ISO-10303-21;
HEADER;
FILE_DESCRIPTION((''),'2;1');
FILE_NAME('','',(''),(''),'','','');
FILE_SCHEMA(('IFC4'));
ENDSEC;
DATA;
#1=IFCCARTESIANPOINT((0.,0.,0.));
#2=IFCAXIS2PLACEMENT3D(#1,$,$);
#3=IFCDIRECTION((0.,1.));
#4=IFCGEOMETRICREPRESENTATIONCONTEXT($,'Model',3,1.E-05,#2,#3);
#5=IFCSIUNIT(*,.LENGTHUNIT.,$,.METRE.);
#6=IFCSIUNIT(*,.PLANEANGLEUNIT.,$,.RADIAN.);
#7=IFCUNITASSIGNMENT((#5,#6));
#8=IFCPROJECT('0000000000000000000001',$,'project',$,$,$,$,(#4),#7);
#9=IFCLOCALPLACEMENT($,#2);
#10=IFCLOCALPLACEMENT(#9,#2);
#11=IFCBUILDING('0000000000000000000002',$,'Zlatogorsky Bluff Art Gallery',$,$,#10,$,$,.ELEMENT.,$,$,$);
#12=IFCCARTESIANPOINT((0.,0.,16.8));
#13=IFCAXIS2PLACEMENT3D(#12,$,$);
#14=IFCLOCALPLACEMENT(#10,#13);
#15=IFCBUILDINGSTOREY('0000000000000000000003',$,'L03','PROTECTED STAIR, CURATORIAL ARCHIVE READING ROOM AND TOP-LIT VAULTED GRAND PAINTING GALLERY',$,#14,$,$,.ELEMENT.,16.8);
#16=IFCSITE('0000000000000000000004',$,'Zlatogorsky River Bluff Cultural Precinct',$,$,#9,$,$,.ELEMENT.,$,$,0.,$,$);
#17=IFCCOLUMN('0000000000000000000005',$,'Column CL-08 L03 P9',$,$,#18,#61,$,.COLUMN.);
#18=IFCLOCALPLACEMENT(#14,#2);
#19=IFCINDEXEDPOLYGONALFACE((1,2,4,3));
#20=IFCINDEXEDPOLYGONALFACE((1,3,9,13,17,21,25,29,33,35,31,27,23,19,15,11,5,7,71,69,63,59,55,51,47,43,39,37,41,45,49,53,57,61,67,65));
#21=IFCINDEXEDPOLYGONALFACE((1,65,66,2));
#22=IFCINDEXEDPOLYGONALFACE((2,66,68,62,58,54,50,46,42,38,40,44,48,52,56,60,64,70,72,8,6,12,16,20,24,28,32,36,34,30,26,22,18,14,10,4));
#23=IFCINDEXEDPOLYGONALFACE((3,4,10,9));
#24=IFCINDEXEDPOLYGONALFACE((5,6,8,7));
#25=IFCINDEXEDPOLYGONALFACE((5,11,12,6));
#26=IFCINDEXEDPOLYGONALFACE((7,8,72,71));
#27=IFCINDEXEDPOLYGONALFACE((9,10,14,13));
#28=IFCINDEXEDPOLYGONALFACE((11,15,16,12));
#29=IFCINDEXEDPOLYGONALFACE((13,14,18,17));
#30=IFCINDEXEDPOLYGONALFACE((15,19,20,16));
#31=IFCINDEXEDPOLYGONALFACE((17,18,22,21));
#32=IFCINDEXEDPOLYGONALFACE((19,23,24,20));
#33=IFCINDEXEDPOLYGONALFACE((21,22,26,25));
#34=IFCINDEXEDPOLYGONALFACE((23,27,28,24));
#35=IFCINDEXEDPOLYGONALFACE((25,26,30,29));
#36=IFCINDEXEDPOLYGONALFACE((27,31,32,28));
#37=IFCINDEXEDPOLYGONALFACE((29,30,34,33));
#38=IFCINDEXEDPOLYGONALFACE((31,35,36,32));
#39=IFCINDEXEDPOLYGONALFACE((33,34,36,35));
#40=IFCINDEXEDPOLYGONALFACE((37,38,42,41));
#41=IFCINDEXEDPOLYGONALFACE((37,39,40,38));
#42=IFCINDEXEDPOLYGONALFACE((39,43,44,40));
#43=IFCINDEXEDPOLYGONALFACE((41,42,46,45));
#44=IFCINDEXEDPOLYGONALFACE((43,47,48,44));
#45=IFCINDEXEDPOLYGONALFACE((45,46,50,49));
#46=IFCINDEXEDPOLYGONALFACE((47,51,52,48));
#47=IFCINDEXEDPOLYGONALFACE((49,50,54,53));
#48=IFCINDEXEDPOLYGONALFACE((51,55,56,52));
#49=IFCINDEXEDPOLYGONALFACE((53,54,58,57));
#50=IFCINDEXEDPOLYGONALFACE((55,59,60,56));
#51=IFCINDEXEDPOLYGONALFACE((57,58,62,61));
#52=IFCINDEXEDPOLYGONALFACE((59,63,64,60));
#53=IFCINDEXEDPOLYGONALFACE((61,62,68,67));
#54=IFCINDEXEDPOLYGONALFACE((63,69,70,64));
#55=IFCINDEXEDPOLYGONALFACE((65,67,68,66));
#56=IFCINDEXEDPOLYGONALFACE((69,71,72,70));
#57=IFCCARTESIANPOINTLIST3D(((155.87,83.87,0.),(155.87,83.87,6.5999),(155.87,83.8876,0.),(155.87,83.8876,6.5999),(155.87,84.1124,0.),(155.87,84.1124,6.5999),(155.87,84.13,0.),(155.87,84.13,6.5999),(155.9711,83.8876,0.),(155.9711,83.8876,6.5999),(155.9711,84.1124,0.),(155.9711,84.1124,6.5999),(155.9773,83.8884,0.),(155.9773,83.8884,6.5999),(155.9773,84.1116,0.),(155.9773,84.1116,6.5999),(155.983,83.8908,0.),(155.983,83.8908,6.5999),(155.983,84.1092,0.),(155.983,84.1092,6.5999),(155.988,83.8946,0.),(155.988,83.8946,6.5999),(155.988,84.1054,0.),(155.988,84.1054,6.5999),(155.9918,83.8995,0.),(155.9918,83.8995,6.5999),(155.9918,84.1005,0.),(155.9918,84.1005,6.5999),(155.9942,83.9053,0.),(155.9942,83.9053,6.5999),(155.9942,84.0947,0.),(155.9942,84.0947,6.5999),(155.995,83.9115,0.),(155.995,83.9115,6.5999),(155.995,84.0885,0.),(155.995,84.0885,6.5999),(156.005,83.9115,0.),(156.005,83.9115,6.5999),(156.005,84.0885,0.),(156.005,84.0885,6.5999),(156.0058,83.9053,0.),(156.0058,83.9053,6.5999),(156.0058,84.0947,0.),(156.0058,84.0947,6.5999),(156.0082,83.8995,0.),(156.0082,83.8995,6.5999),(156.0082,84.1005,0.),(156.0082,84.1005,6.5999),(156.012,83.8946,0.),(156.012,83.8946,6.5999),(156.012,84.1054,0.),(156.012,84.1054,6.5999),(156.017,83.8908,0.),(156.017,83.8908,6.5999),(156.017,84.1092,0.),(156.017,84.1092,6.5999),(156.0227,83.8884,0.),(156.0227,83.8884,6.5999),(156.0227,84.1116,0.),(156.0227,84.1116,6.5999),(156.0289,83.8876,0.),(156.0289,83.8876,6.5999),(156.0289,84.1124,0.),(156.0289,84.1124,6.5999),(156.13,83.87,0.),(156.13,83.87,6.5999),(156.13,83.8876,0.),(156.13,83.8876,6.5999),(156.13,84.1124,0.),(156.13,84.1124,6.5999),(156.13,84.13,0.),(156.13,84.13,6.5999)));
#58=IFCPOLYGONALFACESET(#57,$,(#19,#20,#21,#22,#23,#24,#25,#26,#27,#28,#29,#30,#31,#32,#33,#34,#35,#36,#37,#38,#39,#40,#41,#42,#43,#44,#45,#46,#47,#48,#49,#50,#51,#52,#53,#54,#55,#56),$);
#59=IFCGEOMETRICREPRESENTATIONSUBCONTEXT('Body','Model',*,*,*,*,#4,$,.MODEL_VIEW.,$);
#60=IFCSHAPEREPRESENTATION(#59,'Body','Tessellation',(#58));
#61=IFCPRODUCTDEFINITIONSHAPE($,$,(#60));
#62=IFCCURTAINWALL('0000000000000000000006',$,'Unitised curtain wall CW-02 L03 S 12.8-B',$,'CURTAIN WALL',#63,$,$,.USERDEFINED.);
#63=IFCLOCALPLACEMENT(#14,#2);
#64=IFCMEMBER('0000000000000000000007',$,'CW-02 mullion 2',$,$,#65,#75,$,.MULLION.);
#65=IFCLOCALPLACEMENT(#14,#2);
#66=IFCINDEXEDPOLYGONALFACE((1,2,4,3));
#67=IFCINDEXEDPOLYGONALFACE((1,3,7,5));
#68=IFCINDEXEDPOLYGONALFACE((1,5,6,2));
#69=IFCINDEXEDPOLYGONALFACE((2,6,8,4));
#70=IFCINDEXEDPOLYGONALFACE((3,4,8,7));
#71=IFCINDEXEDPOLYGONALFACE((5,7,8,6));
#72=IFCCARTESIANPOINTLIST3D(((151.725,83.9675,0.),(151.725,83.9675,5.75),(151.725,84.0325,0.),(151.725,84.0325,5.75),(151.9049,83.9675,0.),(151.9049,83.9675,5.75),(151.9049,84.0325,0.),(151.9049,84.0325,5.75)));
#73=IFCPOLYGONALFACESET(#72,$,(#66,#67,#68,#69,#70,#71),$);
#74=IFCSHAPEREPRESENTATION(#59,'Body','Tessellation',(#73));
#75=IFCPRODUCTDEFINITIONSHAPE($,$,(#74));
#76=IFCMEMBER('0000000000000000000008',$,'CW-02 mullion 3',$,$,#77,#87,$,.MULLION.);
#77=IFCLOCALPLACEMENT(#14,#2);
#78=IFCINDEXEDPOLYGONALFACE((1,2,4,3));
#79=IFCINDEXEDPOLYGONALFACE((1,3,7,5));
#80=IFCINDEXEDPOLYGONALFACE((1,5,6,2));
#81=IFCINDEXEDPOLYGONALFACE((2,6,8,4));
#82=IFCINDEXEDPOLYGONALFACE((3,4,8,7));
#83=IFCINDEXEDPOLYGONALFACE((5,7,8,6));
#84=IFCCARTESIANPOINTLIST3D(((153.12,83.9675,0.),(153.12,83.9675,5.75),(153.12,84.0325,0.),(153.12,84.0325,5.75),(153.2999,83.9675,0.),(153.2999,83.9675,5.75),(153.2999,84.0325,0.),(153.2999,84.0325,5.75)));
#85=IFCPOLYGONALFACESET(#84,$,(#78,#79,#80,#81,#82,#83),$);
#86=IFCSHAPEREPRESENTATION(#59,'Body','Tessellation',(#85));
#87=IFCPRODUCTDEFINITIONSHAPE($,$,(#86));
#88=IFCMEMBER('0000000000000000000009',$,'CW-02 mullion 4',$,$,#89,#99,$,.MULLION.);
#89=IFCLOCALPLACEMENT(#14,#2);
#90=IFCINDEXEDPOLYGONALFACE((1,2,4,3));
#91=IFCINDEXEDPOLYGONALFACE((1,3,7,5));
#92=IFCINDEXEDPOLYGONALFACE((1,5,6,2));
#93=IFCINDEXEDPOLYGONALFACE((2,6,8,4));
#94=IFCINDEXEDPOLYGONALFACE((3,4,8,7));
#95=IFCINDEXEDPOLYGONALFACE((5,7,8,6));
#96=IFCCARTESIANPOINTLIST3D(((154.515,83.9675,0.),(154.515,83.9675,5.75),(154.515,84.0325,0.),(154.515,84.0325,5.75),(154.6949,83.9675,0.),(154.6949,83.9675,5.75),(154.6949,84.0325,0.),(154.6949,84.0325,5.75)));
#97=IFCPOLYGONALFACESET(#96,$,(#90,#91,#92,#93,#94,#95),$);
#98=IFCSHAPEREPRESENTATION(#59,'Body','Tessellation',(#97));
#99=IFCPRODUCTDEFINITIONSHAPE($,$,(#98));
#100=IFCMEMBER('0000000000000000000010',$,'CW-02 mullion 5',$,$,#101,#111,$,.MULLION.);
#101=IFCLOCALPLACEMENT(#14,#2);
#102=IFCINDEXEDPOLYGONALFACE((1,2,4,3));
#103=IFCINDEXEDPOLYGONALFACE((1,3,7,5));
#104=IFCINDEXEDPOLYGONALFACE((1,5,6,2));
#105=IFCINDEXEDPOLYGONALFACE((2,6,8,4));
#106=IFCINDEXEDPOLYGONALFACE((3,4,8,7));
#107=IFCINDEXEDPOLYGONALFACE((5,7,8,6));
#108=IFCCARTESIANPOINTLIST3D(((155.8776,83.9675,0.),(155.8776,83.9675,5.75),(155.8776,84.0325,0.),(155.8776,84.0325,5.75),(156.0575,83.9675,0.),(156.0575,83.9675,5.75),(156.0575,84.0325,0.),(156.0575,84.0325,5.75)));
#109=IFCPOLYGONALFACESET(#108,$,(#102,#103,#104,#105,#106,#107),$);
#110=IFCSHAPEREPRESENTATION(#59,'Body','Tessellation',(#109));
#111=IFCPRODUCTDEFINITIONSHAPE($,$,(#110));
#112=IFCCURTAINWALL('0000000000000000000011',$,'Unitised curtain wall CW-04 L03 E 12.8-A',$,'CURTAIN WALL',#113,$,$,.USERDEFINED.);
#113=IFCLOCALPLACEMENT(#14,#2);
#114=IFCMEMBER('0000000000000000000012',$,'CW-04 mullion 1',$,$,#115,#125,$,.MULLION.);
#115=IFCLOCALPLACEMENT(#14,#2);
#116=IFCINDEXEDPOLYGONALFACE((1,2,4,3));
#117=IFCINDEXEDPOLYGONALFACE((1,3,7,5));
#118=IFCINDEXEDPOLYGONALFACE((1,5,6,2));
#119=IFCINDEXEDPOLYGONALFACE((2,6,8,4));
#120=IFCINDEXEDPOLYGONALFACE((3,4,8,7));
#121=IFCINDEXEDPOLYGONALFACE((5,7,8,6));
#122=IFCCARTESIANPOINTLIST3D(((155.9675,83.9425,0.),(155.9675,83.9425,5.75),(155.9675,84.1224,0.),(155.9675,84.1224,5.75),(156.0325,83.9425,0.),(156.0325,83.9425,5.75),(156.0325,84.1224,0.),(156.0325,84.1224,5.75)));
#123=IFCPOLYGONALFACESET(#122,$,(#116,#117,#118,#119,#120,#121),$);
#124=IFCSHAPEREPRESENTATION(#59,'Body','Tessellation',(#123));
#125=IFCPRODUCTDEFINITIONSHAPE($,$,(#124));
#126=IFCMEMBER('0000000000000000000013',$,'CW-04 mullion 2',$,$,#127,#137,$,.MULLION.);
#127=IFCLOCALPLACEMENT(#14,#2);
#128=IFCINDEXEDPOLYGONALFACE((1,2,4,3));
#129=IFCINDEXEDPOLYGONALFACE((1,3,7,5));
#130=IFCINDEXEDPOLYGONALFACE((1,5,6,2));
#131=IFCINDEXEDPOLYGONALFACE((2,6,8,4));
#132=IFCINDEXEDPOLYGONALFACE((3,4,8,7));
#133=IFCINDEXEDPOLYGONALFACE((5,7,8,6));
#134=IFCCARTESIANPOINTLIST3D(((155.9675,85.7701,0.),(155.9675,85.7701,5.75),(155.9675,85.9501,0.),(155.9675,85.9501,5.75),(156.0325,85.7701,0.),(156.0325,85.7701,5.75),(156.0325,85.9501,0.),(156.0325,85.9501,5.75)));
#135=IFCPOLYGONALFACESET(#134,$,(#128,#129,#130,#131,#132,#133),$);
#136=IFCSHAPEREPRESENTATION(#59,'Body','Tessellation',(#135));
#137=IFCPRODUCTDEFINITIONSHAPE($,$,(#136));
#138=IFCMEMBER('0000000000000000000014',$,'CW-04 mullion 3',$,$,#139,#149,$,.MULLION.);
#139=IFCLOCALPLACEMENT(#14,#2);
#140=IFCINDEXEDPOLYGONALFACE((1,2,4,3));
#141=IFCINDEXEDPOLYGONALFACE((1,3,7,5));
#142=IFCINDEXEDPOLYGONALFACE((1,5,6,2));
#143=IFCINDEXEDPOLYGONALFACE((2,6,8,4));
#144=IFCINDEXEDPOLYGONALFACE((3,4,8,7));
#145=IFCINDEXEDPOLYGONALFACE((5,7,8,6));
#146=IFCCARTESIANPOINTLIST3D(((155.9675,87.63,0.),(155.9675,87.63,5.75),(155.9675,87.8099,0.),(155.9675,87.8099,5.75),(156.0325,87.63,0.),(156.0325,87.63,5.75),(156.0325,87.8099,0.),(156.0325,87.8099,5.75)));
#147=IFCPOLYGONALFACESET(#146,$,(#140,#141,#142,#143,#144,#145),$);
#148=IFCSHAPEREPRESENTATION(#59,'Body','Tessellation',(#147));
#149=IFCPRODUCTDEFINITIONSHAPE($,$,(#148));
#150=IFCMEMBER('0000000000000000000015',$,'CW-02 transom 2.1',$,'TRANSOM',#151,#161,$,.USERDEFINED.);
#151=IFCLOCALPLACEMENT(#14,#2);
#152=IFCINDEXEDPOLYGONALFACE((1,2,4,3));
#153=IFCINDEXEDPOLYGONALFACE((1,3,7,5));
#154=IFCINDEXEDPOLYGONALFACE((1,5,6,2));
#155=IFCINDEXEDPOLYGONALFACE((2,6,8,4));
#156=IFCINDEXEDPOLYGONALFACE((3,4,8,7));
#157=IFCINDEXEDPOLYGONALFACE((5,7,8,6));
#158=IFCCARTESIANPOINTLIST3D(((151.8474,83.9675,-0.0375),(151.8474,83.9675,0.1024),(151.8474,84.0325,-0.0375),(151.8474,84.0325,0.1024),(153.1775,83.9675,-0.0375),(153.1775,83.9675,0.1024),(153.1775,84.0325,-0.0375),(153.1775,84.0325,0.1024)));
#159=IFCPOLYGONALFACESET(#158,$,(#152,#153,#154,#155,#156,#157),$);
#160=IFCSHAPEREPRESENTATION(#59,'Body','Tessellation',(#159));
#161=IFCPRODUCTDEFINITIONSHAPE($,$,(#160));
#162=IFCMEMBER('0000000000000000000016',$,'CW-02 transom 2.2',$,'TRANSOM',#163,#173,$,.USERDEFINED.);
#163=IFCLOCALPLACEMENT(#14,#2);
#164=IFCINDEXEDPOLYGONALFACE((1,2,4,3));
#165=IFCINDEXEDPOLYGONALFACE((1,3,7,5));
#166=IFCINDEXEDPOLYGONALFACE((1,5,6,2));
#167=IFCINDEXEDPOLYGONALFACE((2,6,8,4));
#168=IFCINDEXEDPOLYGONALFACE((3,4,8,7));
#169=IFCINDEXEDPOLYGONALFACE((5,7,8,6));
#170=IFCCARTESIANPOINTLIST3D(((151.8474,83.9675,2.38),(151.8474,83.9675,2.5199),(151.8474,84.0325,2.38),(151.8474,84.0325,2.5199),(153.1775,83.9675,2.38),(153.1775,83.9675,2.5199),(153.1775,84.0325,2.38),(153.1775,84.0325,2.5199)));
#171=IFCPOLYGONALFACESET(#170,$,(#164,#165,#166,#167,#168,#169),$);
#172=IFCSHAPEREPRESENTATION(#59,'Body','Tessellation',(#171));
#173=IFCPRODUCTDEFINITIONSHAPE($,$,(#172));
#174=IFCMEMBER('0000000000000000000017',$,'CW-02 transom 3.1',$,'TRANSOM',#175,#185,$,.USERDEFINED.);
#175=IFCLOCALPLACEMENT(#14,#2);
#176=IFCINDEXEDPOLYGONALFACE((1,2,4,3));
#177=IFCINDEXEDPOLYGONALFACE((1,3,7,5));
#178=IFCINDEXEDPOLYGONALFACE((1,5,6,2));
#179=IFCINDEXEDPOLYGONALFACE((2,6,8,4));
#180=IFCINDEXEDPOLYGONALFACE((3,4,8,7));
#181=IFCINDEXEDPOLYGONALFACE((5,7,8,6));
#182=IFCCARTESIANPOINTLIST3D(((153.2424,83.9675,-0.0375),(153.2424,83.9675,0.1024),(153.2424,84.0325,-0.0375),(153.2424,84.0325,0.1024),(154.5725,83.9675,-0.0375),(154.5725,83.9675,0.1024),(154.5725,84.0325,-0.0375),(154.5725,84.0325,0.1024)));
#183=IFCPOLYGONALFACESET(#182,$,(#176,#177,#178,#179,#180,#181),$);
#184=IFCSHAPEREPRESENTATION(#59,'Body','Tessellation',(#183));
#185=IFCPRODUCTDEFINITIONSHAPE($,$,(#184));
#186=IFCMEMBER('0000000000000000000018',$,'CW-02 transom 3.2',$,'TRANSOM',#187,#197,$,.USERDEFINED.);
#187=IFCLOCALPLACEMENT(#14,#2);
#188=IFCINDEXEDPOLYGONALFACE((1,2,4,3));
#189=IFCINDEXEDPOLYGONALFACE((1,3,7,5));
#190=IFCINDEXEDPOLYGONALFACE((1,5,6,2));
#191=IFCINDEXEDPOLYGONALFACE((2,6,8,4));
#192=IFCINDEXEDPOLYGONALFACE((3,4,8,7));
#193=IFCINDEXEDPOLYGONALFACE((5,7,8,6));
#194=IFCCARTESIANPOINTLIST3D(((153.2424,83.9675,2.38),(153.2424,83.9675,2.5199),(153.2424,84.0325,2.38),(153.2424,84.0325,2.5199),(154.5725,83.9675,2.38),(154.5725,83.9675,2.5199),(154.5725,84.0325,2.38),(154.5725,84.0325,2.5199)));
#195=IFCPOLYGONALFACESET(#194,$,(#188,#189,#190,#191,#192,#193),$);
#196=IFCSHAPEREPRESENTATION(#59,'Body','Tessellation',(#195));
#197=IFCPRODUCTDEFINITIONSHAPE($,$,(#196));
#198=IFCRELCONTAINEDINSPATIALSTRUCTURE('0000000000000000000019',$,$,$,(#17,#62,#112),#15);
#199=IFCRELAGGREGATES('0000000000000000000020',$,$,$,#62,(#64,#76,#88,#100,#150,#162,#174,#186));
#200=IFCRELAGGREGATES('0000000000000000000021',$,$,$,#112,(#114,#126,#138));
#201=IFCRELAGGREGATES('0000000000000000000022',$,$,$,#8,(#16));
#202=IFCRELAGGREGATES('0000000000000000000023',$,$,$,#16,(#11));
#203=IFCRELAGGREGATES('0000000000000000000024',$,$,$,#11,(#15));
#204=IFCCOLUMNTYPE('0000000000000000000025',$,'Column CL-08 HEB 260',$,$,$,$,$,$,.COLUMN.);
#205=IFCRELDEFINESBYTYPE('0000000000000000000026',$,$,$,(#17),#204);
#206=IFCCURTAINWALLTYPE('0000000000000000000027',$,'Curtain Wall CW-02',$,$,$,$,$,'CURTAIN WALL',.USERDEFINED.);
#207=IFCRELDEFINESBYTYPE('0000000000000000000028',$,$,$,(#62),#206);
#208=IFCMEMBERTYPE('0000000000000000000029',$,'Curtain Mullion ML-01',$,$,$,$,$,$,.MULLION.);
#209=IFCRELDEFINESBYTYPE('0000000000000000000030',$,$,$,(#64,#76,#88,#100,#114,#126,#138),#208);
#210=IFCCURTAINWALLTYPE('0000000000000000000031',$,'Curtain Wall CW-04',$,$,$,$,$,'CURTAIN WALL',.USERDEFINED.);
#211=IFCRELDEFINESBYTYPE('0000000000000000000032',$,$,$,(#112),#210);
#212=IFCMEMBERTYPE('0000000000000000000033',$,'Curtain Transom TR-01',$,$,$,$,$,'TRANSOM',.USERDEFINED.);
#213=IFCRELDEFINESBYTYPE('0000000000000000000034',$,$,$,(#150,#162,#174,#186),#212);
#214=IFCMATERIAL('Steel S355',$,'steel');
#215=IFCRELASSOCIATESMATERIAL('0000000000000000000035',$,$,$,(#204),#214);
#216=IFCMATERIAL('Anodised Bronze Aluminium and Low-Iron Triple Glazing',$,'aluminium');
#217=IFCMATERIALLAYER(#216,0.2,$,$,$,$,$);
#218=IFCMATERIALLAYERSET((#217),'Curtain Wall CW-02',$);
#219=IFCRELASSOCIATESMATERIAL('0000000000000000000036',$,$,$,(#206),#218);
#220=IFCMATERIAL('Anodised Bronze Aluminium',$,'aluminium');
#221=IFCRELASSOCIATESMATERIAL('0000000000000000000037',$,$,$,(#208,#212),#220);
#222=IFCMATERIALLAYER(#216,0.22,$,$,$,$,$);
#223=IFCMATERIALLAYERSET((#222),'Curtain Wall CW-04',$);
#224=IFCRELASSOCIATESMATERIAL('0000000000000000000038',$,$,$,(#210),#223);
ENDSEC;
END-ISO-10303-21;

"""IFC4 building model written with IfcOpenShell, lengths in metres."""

from ifc_helpers import new_model, si_unit, direction, frame, origin, origin_2d, place, context, subcontext, project, spatial, rectangle, i_section, extrude, material, layer, layer_set, material_profile, profile_set, type_object, element, aggregate, save


model = new_model("IFC4")

# Units and contexts
model_context = context("Model", 3, precision=1e-05, world=origin(), true_north=direction((0.0, 1.0)))
body_context = subcontext(model_context, "Body", "Model", "MODEL_VIEW")
ifc_project = project(units=[si_unit("LENGTHUNIT", "METRE"), si_unit("PLANEANGLEUNIT", "RADIAN")], contexts=[model_context])

# Site, building, storey
site_placement = place(None, origin())
site = spatial("IfcSite", under=ifc_project, at=site_placement, Name="Zlatogorsky River Bluff Cultural Precinct", CompositionType="ELEMENT", RefElevation=0.0)
building_placement = place(site_placement, origin())
building = spatial("IfcBuilding", under=site, at=building_placement, Name="Zlatogorsky Bluff Art Gallery", CompositionType="ELEMENT")
storey_placement = place(building_placement, frame((0.0, 0.0, 16.8)))
storey = spatial("IfcBuildingStorey", under=building, at=storey_placement, Name="L03", Description="PROTECTED STAIR, CURATORIAL ARCHIVE READING ROOM AND TOP-LIT VAULTED GRAND PAINTING GALLERY", CompositionType="ELEMENT", Elevation=16.8)

# Column
ifc_material_1 = material(Name="Steel S355", Category="steel")
ifc_material_profile_1 = material_profile(ifc_material_1, i_section(OverallWidth=0.26, OverallDepth=0.26, WebThickness=0.01, FlangeThickness=0.0176, FilletRadius=0.0239, at=origin_2d()), Name="HEB 260")
ifc_profile_set_1 = profile_set([ifc_material_profile_1], Name="Steel S355")
column_type = type_object("IfcColumnType", Name="Column CL-08 HEB 260", PredefinedType="COLUMN", material=ifc_profile_set_1)
column_placement = place(storey_placement, frame((156.0, 84.0, 0.0), z_axis=(0.0, 0.0, 1.0), x_axis=(1.0, 0.0, 0.0)))
element("IfcColumn", 1, at=column_placement, inside=storey, type_object=column_type, Name="Column CL-08 L03 P9", PredefinedType="COLUMN", context=body_context, shape_type="SweptSolid", body=[
    extrude(i_section(OverallWidth=0.26, OverallDepth=0.26, WebThickness=0.01, FlangeThickness=0.0176, FilletRadius=0.0239, at=origin_2d()), origin(), (0.0, 0.0, 1.0), 6.5999),
])

# Curtain walls, members
ifc_material_2 = material(Name="Anodised Bronze Aluminium and Low-Iron Triple Glazing", Category="aluminium")
ifc_layer_1 = layer(ifc_material_2, 0.2)
ifc_layer_set_1 = layer_set([ifc_layer_1], Name="Curtain Wall CW-02")
curtain_wall_type_1 = type_object("IfcCurtainWallType", Name="Curtain Wall CW-02", ElementType="CURTAIN WALL", PredefinedType="USERDEFINED", material=ifc_layer_set_1)
curtain_wall_1_placement = place(storey_placement, origin())
curtain_wall_1 = element("IfcCurtainWall", 2, at=curtain_wall_1_placement, inside=storey, type_object=curtain_wall_type_1, Name="Unitised curtain wall CW-02 L03 S 12.8-B", ObjectType="CURTAIN WALL", PredefinedType="USERDEFINED")
ifc_material_3 = material(Name="Anodised Bronze Aluminium", Category="aluminium")
ifc_material_profile_2 = material_profile(ifc_material_3, rectangle(XDim=0.0649, YDim=0.1799, at=origin_2d()), Name="ALU MULLION 65x180")
ifc_profile_set_2 = profile_set([ifc_material_profile_2], Name="Anodised Bronze Aluminium")
member_type_1 = type_object("IfcMemberType", Name="Curtain Mullion ML-01", PredefinedType="MULLION", material=ifc_profile_set_2)
member_1_placement = place(storey_placement, frame((151.8149, 84.0, 0.0), z_axis=(0.0, 0.0, 1.0), x_axis=(0.0, 1.0, 0.0)))
member_1 = element("IfcMember", 3, at=member_1_placement, type_object=member_type_1, Name="CW-02 mullion 2", PredefinedType="MULLION", context=body_context, shape_type="SweptSolid", body=[
    extrude(rectangle(XDim=0.0649, YDim=0.1799, at=origin_2d()), origin(), (0.0, 0.0, 1.0), 5.75),
])
member_2_placement = place(storey_placement, frame((153.21, 84.0, 0.0), z_axis=(0.0, 0.0, 1.0), x_axis=(0.0, 1.0, 0.0)))
member_2 = element("IfcMember", 4, at=member_2_placement, type_object=member_type_1, Name="CW-02 mullion 3", PredefinedType="MULLION", context=body_context, shape_type="SweptSolid", body=[
    extrude(rectangle(XDim=0.0649, YDim=0.1799, at=origin_2d()), origin(), (0.0, 0.0, 1.0), 5.75),
])
member_3_placement = place(storey_placement, frame((154.605, 84.0, 0.0), z_axis=(0.0, 0.0, 1.0), x_axis=(0.0, 1.0, 0.0)))
member_3 = element("IfcMember", 5, at=member_3_placement, type_object=member_type_1, Name="CW-02 mullion 4", PredefinedType="MULLION", context=body_context, shape_type="SweptSolid", body=[
    extrude(rectangle(XDim=0.0649, YDim=0.1799, at=origin_2d()), origin(), (0.0, 0.0, 1.0), 5.75),
])
member_4_placement = place(storey_placement, frame((155.9675, 84.0, 0.0), z_axis=(0.0, 0.0, 1.0), x_axis=(0.0, 1.0, 0.0)))
member_4 = element("IfcMember", 6, at=member_4_placement, type_object=member_type_1, Name="CW-02 mullion 5", PredefinedType="MULLION", context=body_context, shape_type="SweptSolid", body=[
    extrude(rectangle(XDim=0.0649, YDim=0.1799, at=origin_2d()), origin(), (0.0, 0.0, 1.0), 5.75),
])
ifc_layer_2 = layer(ifc_material_2, 0.22)
ifc_layer_set_2 = layer_set([ifc_layer_2], Name="Curtain Wall CW-04")
curtain_wall_type_2 = type_object("IfcCurtainWallType", Name="Curtain Wall CW-04", ElementType="CURTAIN WALL", PredefinedType="USERDEFINED", material=ifc_layer_set_2)
curtain_wall_2_placement = place(storey_placement, origin())
curtain_wall_2 = element("IfcCurtainWall", 7, at=curtain_wall_2_placement, inside=storey, type_object=curtain_wall_type_2, Name="Unitised curtain wall CW-04 L03 E 12.8-A", ObjectType="CURTAIN WALL", PredefinedType="USERDEFINED")
member_5_placement = place(storey_placement, frame((156.0, 84.0325, 0.0), z_axis=(0.0, 0.0, 1.0), x_axis=(-1.0, 0.0, 0.0)))
member_5 = element("IfcMember", 8, at=member_5_placement, type_object=member_type_1, Name="CW-04 mullion 1", PredefinedType="MULLION", context=body_context, shape_type="SweptSolid", body=[
    extrude(rectangle(XDim=0.0649, YDim=0.1799, at=origin_2d()), origin(), (0.0, 0.0, 1.0), 5.75),
])
member_6_placement = place(storey_placement, frame((156.0, 85.8601, 0.0), z_axis=(0.0, 0.0, 1.0), x_axis=(-1.0, 0.0, 0.0)))
member_6 = element("IfcMember", 9, at=member_6_placement, type_object=member_type_1, Name="CW-04 mullion 2", PredefinedType="MULLION", context=body_context, shape_type="SweptSolid", body=[
    extrude(rectangle(XDim=0.0649, YDim=0.1799, at=origin_2d()), origin(), (0.0, 0.0, 1.0), 5.75),
])
member_7_placement = place(storey_placement, frame((156.0, 87.72, 0.0), z_axis=(0.0, 0.0, 1.0), x_axis=(-1.0, 0.0, 0.0)))
member_7 = element("IfcMember", 10, at=member_7_placement, type_object=member_type_1, Name="CW-04 mullion 3", PredefinedType="MULLION", context=body_context, shape_type="SweptSolid", body=[
    extrude(rectangle(XDim=0.0649, YDim=0.1799, at=origin_2d()), origin(), (0.0, 0.0, 1.0), 5.75),
])

# Members
ifc_material_profile_3 = material_profile(ifc_material_3, rectangle(XDim=0.0649, YDim=0.1399, at=origin_2d()), Name="ALU TRANSOM 65x140")
ifc_profile_set_3 = profile_set([ifc_material_profile_3], Name="Anodised Bronze Aluminium")
member_type_2 = type_object("IfcMemberType", Name="Curtain Transom TR-01", ElementType="TRANSOM", PredefinedType="USERDEFINED", material=ifc_profile_set_3)
member_8_placement = place(storey_placement, frame((151.8474, 84.0, 0.0325), z_axis=(1.0, 0.0, 0.0), x_axis=(0.0, 1.0, 0.0)))
member_8 = element("IfcMember", 11, at=member_8_placement, type_object=member_type_2, Name="CW-02 transom 2.1", ObjectType="TRANSOM", PredefinedType="USERDEFINED", context=body_context, shape_type="SweptSolid", body=[
    extrude(rectangle(XDim=0.0649, YDim=0.1399, at=origin_2d()), origin(), (0.0, 0.0, 1.0), 1.3301),
])
member_9_placement = place(storey_placement, frame((151.8474, 84.0, 2.45), z_axis=(1.0, 0.0, 0.0), x_axis=(0.0, 1.0, 0.0)))
member_9 = element("IfcMember", 12, at=member_9_placement, type_object=member_type_2, Name="CW-02 transom 2.2", ObjectType="TRANSOM", PredefinedType="USERDEFINED", context=body_context, shape_type="SweptSolid", body=[
    extrude(rectangle(XDim=0.0649, YDim=0.1399, at=origin_2d()), origin(), (0.0, 0.0, 1.0), 1.3301),
])
member_10_placement = place(storey_placement, frame((153.2424, 84.0, 0.0325), z_axis=(1.0, 0.0, 0.0), x_axis=(0.0, 1.0, 0.0)))
member_10 = element("IfcMember", 13, at=member_10_placement, type_object=member_type_2, Name="CW-02 transom 3.1", ObjectType="TRANSOM", PredefinedType="USERDEFINED", context=body_context, shape_type="SweptSolid", body=[
    extrude(rectangle(XDim=0.0649, YDim=0.1399, at=origin_2d()), origin(), (0.0, 0.0, 1.0), 1.3301),
])
member_11_placement = place(storey_placement, frame((153.2424, 84.0, 2.45), z_axis=(1.0, 0.0, 0.0), x_axis=(0.0, 1.0, 0.0)))
member_11 = element("IfcMember", 14, at=member_11_placement, type_object=member_type_2, Name="CW-02 transom 3.2", ObjectType="TRANSOM", PredefinedType="USERDEFINED", context=body_context, shape_type="SweptSolid", body=[
    extrude(rectangle(XDim=0.0649, YDim=0.1399, at=origin_2d()), origin(), (0.0, 0.0, 1.0), 1.3301),
])

aggregate(curtain_wall_1, [member_1, member_2, member_3, member_4, member_8, member_9, member_10, member_11])
aggregate(curtain_wall_2, [member_5, member_6, member_7])

save(model, "model.ifc")
